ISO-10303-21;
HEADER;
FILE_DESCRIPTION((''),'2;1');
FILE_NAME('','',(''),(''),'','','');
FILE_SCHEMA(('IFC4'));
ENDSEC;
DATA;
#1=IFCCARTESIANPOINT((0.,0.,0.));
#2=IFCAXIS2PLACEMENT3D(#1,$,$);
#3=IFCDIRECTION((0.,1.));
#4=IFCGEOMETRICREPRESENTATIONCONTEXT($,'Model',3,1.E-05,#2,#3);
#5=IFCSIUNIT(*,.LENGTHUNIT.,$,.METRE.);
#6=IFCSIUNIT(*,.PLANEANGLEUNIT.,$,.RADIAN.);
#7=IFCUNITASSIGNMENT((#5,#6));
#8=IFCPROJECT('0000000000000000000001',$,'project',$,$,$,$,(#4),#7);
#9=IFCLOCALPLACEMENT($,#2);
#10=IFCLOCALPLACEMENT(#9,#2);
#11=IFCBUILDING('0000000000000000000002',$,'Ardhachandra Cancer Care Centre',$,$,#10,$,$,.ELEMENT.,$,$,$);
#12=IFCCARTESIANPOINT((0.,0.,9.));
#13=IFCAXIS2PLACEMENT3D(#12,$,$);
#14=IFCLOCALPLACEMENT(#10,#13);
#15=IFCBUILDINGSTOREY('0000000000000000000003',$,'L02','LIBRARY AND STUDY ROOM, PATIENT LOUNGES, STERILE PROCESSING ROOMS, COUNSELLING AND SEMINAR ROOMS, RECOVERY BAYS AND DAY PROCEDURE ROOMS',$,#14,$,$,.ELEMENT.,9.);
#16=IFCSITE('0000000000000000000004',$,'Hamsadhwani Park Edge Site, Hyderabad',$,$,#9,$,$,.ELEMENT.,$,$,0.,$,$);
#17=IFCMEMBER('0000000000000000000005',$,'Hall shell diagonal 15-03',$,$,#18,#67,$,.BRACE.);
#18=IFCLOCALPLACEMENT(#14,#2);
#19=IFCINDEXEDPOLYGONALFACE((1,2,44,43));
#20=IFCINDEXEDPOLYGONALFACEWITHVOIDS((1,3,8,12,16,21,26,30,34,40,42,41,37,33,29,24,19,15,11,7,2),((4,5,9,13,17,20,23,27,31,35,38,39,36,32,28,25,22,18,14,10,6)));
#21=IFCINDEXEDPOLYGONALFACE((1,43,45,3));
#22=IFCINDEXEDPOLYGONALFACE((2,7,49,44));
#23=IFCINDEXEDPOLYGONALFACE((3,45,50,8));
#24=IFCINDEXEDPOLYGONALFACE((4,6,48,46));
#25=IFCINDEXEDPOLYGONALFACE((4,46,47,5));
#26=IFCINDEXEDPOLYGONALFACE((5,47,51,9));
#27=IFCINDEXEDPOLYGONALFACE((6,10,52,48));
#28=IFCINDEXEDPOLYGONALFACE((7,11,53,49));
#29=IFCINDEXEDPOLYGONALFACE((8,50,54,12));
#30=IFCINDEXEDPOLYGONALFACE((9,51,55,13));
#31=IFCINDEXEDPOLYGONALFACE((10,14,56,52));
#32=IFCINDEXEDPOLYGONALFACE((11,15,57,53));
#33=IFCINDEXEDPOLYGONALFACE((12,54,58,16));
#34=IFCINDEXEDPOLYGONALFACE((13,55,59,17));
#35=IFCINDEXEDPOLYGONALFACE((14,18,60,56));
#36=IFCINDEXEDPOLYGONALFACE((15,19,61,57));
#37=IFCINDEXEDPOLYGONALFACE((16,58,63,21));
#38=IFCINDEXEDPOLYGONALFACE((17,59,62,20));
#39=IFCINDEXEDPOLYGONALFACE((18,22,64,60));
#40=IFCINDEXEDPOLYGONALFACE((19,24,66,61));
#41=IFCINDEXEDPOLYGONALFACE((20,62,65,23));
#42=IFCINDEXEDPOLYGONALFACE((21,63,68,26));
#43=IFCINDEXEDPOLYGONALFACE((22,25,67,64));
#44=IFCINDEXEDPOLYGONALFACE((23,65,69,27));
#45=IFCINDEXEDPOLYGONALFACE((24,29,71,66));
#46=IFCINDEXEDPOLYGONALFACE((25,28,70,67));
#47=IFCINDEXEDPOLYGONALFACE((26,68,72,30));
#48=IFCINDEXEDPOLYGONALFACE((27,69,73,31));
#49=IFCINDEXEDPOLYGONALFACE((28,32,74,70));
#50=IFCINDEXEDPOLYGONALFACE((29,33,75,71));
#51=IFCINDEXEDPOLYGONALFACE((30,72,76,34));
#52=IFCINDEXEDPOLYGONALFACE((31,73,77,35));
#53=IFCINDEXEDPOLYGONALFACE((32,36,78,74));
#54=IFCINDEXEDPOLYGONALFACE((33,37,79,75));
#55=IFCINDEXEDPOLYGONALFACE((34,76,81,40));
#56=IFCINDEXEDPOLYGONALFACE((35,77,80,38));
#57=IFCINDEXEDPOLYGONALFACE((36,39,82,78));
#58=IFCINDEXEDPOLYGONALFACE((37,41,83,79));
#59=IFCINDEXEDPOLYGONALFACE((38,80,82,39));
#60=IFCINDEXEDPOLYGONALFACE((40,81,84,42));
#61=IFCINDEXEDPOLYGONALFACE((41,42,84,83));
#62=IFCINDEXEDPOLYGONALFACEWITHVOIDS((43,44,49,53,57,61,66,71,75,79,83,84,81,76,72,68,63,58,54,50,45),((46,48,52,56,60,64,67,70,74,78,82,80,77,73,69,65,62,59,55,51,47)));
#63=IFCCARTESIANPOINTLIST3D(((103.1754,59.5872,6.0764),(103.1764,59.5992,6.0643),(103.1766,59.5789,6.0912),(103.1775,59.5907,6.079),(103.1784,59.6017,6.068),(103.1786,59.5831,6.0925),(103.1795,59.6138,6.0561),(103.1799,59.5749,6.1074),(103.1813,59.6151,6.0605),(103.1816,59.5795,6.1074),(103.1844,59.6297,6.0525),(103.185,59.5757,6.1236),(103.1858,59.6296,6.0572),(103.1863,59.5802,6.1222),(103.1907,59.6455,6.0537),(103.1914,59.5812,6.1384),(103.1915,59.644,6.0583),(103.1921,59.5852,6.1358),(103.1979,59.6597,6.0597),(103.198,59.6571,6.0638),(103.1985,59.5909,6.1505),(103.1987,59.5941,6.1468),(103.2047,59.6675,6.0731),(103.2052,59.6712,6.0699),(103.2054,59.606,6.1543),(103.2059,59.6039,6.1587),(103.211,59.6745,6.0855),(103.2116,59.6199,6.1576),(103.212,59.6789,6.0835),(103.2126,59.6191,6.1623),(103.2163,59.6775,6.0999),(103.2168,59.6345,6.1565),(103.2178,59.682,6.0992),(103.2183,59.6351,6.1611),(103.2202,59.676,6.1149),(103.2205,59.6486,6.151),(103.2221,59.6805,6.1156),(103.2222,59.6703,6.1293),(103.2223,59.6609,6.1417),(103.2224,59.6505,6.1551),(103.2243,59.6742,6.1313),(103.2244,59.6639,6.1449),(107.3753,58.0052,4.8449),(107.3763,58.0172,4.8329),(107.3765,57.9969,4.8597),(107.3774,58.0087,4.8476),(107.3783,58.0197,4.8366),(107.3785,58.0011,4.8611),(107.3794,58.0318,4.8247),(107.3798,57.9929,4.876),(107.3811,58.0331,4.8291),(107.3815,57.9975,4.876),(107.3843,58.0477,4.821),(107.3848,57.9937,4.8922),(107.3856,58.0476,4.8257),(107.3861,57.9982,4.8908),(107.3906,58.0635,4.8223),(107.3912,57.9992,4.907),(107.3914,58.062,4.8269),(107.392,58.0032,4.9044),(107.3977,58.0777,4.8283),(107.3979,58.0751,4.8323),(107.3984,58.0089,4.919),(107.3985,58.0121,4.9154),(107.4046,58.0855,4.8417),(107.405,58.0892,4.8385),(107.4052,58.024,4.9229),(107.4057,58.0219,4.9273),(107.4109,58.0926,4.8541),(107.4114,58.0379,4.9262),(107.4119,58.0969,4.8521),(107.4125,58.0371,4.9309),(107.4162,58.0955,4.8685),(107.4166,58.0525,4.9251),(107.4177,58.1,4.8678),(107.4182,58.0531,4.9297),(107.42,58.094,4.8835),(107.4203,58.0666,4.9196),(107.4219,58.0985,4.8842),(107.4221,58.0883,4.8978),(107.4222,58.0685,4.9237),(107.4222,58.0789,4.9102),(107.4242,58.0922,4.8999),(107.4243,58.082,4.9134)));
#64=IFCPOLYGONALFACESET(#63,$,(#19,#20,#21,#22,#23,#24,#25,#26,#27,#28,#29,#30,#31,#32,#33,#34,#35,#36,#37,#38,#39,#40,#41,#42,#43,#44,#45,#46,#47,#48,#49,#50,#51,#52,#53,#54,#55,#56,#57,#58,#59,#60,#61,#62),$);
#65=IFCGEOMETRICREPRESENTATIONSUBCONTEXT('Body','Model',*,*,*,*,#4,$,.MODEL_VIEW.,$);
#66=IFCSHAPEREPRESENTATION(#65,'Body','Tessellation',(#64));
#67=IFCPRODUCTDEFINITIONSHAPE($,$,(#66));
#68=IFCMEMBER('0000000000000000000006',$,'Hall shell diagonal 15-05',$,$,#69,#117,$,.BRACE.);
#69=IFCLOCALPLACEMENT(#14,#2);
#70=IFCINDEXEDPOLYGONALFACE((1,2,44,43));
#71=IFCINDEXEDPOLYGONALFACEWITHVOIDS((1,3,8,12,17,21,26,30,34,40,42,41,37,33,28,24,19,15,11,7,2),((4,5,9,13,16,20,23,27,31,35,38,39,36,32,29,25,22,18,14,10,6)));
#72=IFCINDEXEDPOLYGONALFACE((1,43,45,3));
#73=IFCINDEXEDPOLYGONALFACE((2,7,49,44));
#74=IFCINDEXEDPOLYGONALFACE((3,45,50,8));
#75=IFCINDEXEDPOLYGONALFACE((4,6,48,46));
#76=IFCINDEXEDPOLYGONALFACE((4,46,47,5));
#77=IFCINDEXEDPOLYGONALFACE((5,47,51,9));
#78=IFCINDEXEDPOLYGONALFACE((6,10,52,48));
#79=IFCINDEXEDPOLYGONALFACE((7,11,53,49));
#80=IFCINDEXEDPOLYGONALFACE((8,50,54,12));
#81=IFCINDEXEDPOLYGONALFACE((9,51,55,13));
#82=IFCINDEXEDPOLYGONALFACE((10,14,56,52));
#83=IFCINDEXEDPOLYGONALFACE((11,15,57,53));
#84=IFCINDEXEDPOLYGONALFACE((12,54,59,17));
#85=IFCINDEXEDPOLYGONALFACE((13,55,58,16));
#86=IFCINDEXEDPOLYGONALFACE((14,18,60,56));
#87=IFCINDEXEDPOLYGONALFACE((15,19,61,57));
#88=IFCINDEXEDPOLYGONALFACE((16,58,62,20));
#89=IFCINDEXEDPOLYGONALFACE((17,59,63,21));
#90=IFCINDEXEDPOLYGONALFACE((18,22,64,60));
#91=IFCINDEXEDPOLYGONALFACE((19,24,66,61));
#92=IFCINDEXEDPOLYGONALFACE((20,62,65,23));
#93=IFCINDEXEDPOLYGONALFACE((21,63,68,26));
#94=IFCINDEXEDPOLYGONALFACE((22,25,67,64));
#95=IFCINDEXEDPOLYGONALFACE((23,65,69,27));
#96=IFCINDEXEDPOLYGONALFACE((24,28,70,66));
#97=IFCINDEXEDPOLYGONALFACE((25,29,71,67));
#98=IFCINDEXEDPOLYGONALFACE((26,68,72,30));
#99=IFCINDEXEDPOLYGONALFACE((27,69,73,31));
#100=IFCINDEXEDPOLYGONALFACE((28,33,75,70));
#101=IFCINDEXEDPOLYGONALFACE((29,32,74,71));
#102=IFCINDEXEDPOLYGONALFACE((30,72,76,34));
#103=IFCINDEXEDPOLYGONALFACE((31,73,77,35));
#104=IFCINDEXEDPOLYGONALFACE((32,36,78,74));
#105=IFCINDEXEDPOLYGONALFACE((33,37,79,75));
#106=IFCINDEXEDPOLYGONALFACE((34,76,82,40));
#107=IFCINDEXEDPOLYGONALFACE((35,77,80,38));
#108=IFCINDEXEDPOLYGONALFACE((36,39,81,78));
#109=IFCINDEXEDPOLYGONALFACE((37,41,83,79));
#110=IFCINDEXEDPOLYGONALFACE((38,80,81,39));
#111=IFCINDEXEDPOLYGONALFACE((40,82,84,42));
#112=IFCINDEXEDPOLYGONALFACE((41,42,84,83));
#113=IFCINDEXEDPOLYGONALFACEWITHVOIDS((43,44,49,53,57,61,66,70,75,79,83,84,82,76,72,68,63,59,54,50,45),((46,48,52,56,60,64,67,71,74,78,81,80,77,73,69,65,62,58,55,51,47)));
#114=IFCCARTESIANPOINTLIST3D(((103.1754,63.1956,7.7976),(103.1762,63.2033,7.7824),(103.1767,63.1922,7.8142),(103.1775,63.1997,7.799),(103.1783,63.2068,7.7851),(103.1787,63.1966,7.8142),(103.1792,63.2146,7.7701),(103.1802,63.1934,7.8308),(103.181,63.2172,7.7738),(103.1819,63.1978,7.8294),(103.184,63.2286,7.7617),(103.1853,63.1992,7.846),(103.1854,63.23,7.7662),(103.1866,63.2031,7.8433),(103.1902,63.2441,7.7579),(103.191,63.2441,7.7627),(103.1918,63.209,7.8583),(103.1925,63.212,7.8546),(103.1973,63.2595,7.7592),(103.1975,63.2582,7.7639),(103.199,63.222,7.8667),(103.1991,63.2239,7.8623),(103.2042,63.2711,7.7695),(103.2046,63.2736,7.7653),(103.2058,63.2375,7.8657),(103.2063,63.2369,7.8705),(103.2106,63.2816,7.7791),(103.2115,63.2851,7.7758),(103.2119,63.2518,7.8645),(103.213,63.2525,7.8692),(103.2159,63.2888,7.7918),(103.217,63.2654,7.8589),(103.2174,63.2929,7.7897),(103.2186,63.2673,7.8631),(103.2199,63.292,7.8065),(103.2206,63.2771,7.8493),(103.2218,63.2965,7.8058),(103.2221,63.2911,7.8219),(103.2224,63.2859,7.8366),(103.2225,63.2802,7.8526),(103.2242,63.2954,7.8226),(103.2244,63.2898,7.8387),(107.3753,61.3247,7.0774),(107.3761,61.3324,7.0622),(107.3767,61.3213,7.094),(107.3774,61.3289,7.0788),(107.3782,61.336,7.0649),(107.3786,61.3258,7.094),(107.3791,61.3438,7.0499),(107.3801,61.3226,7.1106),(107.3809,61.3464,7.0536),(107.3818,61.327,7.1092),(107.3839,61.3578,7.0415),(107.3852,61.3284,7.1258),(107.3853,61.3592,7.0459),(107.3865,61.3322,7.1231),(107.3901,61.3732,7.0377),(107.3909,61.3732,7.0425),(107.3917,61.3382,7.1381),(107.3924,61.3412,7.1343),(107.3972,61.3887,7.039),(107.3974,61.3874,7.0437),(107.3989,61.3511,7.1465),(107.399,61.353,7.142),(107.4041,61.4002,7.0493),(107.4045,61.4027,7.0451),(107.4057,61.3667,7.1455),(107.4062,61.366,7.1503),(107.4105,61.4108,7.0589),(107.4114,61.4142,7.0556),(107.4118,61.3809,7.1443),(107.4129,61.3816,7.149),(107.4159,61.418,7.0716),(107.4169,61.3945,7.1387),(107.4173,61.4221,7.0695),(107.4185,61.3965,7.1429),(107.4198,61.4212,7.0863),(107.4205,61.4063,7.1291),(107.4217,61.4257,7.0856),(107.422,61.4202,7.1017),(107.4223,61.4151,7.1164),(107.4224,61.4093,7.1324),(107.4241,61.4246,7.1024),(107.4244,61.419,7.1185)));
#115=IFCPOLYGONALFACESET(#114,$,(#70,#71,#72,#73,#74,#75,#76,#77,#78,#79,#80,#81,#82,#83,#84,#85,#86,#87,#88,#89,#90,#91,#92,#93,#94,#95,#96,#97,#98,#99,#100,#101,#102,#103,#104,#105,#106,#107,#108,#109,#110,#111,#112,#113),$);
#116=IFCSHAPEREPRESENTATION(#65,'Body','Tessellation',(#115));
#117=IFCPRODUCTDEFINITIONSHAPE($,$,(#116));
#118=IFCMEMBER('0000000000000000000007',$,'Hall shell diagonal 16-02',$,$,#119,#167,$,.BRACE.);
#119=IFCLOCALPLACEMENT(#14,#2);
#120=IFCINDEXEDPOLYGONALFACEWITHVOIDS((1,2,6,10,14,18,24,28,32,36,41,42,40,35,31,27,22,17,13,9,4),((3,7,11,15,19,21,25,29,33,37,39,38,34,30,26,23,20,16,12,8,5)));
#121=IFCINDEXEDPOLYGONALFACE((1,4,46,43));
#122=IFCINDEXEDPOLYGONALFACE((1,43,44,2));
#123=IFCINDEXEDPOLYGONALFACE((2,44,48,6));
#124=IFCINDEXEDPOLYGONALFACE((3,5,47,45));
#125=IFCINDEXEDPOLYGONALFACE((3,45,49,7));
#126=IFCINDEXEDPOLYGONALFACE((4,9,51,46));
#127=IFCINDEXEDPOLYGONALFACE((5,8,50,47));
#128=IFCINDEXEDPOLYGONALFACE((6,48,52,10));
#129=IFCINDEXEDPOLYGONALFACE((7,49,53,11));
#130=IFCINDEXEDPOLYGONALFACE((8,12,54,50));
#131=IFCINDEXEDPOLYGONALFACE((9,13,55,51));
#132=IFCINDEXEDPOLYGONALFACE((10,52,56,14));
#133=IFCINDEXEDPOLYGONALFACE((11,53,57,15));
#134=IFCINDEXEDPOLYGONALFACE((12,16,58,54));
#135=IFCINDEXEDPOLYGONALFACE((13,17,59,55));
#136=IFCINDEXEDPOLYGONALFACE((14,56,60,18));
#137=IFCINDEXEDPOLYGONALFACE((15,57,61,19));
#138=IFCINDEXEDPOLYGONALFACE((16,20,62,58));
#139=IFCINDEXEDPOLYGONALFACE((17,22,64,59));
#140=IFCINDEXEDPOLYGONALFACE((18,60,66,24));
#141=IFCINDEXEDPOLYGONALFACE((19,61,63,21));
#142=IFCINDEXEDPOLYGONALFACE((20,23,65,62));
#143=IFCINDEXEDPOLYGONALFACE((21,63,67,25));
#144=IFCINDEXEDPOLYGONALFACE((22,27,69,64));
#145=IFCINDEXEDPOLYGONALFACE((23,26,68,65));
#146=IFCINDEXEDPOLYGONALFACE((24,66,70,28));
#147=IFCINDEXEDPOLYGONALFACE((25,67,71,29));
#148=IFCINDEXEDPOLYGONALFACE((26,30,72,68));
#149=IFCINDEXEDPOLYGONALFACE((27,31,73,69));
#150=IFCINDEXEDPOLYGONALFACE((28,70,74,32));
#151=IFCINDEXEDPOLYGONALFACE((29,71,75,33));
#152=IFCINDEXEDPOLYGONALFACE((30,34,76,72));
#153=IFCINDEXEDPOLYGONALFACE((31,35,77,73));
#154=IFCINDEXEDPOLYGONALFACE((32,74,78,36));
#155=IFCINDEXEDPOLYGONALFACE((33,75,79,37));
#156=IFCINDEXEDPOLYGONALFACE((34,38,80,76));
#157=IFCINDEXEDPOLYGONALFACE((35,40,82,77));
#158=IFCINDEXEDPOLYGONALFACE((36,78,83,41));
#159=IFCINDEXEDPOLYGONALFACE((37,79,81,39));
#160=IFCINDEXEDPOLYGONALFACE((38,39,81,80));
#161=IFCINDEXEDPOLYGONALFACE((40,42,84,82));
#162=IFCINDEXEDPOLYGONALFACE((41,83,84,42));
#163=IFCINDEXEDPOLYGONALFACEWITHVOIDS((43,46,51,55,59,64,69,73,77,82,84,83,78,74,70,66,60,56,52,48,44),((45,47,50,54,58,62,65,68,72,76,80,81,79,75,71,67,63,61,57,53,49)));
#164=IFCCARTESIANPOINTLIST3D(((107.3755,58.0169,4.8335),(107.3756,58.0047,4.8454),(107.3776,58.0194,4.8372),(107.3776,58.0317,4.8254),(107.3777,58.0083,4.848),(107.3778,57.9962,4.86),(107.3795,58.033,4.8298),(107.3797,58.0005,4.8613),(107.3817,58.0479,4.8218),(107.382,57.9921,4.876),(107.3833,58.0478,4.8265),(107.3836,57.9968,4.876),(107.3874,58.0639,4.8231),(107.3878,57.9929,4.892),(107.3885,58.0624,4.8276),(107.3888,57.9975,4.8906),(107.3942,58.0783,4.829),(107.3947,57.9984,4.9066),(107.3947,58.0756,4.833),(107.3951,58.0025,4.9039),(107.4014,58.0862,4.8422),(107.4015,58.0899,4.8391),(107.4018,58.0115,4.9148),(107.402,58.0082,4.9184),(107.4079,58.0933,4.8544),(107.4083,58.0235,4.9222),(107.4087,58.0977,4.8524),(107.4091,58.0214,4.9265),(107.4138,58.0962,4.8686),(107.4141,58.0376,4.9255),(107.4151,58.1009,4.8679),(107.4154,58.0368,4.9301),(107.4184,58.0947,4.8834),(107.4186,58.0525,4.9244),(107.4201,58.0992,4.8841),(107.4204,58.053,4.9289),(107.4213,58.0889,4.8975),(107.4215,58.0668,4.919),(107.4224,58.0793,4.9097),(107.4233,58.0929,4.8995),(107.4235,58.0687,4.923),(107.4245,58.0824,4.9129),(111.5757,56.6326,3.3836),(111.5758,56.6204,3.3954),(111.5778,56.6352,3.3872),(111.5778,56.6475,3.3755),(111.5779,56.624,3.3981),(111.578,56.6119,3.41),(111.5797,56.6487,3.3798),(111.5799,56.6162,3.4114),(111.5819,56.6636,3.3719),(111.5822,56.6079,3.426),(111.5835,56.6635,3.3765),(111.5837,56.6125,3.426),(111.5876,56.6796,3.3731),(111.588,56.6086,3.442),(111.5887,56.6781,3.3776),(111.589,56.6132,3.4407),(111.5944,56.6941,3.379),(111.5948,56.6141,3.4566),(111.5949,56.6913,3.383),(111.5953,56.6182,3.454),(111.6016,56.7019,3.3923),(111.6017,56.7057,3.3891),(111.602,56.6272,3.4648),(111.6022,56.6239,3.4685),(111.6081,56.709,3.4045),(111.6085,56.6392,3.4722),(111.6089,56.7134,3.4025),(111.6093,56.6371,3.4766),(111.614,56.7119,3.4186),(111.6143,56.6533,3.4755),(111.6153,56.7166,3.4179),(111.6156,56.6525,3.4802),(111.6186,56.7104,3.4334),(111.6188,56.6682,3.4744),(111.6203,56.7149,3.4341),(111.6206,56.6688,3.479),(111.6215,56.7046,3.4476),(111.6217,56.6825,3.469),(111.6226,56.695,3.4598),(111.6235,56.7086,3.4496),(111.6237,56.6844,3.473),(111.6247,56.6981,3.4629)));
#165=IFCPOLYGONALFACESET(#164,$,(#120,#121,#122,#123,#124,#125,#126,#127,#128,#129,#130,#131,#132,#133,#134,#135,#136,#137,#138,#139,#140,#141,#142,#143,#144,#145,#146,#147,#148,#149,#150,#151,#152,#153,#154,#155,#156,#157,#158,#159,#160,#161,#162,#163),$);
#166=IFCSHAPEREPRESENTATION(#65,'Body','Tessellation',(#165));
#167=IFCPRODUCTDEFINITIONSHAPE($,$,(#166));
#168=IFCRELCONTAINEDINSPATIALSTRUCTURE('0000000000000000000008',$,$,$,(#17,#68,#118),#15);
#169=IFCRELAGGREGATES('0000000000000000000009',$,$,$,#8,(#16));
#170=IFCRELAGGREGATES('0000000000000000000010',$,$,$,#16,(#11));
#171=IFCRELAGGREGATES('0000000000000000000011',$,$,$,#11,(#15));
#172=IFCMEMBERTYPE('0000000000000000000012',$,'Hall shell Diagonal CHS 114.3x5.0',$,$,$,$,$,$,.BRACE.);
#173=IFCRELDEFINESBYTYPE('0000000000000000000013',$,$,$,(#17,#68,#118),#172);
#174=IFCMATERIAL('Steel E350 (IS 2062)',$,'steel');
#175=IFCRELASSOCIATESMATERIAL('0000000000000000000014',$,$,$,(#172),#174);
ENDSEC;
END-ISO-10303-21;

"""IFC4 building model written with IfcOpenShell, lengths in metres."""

from ifc_helpers import new_model, si_unit, direction, frame, origin, origin_2d, place, context, subcontext, project, spatial, hollow_circle, extrude, material, material_profile, profile_set, type_object, element, save


model = new_model("IFC4")

# Units and contexts
model_context = context("Model", 3, precision=1e-05, world=origin(), true_north=direction((0.0, 1.0)))
body_context = subcontext(model_context, "Body", "Model", "MODEL_VIEW")
ifc_project = project(units=[si_unit("LENGTHUNIT", "METRE"), si_unit("PLANEANGLEUNIT", "RADIAN")], contexts=[model_context])

# Site, building, storey
site_placement = place(None, origin())
site = spatial("IfcSite", under=ifc_project, at=site_placement, Name="Hamsadhwani Park Edge Site, Hyderabad", CompositionType="ELEMENT", RefElevation=0.0)
building_placement = place(site_placement, origin())
building = spatial("IfcBuilding", under=site, at=building_placement, Name="Ardhachandra Cancer Care Centre", CompositionType="ELEMENT")
storey_placement = place(building_placement, frame((0.0, 0.0, 9.0)))
storey = spatial("IfcBuildingStorey", under=building, at=storey_placement, Name="L02", Description="LIBRARY AND STUDY ROOM, PATIENT LOUNGES, STERILE PROCESSING ROOMS, COUNSELLING AND SEMINAR ROOMS, RECOVERY BAYS AND DAY PROCEDURE ROOMS", CompositionType="ELEMENT", Elevation=9.0)

# Members
ifc_material_1 = material(Name="Steel E350 (IS 2062)", Category="steel")
ifc_material_profile_1 = material_profile(ifc_material_1, hollow_circle(Radius=0.0571, WallThickness=0.0049, at=origin_2d()), Name="CHS 114.3x5.0")
ifc_profile_set_1 = profile_set([ifc_material_profile_1], Name="Steel E350 (IS 2062)")
member_type_1 = type_object("IfcMemberType", Name="Hall shell Diagonal CHS 114.3x5.0", PredefinedType="BRACE", material=ifc_profile_set_1)
for number, where, z_axis, x_axis, name in (
    (1, (107.3999, 58.0464, 4.876), (-0.902457, 0.339936, 0.264605), (-0.3525, -0.935812, 0.0), "Hall shell diagonal 15-03"),
    (2, (107.3999, 61.3735, 7.094), (-0.902467, 0.402, 0.154757), (-0.406902, -0.913472, 0.0), "Hall shell diagonal 15-05"),
):
    element("IfcMember", number, at=place(storey_placement, frame(where, z_axis=z_axis, x_axis=x_axis)), inside=storey, type_object=member_type_1, Name=name, PredefinedType="BRACE", context=body_context, shape_type="SweptSolid", body=[
        extrude(hollow_circle(Radius=0.0571, WallThickness=0.0049, at=origin_2d()), origin(), (0.0, 0.0, 1.0), 4.6538),
    ])
for number, where, z_axis, x_axis, name in (
    (3, (111.6001, 56.6621, 3.426), (-0.902481, 0.297435, 0.311546), (-0.313013, -0.949749, 0.0), "Hall shell diagonal 16-02"),
):
    element("IfcMember", number, at=place(storey_placement, frame(where, z_axis=z_axis, x_axis=x_axis)), inside=storey, type_object=member_type_1, Name=name, PredefinedType="BRACE", context=body_context, shape_type="SweptSolid", body=[
        extrude(hollow_circle(Radius=0.0571, WallThickness=0.0049, at=origin_2d()), origin(), (0.0, 0.0, 1.0), 4.6541),
    ])

save(model, "model.ifc")
